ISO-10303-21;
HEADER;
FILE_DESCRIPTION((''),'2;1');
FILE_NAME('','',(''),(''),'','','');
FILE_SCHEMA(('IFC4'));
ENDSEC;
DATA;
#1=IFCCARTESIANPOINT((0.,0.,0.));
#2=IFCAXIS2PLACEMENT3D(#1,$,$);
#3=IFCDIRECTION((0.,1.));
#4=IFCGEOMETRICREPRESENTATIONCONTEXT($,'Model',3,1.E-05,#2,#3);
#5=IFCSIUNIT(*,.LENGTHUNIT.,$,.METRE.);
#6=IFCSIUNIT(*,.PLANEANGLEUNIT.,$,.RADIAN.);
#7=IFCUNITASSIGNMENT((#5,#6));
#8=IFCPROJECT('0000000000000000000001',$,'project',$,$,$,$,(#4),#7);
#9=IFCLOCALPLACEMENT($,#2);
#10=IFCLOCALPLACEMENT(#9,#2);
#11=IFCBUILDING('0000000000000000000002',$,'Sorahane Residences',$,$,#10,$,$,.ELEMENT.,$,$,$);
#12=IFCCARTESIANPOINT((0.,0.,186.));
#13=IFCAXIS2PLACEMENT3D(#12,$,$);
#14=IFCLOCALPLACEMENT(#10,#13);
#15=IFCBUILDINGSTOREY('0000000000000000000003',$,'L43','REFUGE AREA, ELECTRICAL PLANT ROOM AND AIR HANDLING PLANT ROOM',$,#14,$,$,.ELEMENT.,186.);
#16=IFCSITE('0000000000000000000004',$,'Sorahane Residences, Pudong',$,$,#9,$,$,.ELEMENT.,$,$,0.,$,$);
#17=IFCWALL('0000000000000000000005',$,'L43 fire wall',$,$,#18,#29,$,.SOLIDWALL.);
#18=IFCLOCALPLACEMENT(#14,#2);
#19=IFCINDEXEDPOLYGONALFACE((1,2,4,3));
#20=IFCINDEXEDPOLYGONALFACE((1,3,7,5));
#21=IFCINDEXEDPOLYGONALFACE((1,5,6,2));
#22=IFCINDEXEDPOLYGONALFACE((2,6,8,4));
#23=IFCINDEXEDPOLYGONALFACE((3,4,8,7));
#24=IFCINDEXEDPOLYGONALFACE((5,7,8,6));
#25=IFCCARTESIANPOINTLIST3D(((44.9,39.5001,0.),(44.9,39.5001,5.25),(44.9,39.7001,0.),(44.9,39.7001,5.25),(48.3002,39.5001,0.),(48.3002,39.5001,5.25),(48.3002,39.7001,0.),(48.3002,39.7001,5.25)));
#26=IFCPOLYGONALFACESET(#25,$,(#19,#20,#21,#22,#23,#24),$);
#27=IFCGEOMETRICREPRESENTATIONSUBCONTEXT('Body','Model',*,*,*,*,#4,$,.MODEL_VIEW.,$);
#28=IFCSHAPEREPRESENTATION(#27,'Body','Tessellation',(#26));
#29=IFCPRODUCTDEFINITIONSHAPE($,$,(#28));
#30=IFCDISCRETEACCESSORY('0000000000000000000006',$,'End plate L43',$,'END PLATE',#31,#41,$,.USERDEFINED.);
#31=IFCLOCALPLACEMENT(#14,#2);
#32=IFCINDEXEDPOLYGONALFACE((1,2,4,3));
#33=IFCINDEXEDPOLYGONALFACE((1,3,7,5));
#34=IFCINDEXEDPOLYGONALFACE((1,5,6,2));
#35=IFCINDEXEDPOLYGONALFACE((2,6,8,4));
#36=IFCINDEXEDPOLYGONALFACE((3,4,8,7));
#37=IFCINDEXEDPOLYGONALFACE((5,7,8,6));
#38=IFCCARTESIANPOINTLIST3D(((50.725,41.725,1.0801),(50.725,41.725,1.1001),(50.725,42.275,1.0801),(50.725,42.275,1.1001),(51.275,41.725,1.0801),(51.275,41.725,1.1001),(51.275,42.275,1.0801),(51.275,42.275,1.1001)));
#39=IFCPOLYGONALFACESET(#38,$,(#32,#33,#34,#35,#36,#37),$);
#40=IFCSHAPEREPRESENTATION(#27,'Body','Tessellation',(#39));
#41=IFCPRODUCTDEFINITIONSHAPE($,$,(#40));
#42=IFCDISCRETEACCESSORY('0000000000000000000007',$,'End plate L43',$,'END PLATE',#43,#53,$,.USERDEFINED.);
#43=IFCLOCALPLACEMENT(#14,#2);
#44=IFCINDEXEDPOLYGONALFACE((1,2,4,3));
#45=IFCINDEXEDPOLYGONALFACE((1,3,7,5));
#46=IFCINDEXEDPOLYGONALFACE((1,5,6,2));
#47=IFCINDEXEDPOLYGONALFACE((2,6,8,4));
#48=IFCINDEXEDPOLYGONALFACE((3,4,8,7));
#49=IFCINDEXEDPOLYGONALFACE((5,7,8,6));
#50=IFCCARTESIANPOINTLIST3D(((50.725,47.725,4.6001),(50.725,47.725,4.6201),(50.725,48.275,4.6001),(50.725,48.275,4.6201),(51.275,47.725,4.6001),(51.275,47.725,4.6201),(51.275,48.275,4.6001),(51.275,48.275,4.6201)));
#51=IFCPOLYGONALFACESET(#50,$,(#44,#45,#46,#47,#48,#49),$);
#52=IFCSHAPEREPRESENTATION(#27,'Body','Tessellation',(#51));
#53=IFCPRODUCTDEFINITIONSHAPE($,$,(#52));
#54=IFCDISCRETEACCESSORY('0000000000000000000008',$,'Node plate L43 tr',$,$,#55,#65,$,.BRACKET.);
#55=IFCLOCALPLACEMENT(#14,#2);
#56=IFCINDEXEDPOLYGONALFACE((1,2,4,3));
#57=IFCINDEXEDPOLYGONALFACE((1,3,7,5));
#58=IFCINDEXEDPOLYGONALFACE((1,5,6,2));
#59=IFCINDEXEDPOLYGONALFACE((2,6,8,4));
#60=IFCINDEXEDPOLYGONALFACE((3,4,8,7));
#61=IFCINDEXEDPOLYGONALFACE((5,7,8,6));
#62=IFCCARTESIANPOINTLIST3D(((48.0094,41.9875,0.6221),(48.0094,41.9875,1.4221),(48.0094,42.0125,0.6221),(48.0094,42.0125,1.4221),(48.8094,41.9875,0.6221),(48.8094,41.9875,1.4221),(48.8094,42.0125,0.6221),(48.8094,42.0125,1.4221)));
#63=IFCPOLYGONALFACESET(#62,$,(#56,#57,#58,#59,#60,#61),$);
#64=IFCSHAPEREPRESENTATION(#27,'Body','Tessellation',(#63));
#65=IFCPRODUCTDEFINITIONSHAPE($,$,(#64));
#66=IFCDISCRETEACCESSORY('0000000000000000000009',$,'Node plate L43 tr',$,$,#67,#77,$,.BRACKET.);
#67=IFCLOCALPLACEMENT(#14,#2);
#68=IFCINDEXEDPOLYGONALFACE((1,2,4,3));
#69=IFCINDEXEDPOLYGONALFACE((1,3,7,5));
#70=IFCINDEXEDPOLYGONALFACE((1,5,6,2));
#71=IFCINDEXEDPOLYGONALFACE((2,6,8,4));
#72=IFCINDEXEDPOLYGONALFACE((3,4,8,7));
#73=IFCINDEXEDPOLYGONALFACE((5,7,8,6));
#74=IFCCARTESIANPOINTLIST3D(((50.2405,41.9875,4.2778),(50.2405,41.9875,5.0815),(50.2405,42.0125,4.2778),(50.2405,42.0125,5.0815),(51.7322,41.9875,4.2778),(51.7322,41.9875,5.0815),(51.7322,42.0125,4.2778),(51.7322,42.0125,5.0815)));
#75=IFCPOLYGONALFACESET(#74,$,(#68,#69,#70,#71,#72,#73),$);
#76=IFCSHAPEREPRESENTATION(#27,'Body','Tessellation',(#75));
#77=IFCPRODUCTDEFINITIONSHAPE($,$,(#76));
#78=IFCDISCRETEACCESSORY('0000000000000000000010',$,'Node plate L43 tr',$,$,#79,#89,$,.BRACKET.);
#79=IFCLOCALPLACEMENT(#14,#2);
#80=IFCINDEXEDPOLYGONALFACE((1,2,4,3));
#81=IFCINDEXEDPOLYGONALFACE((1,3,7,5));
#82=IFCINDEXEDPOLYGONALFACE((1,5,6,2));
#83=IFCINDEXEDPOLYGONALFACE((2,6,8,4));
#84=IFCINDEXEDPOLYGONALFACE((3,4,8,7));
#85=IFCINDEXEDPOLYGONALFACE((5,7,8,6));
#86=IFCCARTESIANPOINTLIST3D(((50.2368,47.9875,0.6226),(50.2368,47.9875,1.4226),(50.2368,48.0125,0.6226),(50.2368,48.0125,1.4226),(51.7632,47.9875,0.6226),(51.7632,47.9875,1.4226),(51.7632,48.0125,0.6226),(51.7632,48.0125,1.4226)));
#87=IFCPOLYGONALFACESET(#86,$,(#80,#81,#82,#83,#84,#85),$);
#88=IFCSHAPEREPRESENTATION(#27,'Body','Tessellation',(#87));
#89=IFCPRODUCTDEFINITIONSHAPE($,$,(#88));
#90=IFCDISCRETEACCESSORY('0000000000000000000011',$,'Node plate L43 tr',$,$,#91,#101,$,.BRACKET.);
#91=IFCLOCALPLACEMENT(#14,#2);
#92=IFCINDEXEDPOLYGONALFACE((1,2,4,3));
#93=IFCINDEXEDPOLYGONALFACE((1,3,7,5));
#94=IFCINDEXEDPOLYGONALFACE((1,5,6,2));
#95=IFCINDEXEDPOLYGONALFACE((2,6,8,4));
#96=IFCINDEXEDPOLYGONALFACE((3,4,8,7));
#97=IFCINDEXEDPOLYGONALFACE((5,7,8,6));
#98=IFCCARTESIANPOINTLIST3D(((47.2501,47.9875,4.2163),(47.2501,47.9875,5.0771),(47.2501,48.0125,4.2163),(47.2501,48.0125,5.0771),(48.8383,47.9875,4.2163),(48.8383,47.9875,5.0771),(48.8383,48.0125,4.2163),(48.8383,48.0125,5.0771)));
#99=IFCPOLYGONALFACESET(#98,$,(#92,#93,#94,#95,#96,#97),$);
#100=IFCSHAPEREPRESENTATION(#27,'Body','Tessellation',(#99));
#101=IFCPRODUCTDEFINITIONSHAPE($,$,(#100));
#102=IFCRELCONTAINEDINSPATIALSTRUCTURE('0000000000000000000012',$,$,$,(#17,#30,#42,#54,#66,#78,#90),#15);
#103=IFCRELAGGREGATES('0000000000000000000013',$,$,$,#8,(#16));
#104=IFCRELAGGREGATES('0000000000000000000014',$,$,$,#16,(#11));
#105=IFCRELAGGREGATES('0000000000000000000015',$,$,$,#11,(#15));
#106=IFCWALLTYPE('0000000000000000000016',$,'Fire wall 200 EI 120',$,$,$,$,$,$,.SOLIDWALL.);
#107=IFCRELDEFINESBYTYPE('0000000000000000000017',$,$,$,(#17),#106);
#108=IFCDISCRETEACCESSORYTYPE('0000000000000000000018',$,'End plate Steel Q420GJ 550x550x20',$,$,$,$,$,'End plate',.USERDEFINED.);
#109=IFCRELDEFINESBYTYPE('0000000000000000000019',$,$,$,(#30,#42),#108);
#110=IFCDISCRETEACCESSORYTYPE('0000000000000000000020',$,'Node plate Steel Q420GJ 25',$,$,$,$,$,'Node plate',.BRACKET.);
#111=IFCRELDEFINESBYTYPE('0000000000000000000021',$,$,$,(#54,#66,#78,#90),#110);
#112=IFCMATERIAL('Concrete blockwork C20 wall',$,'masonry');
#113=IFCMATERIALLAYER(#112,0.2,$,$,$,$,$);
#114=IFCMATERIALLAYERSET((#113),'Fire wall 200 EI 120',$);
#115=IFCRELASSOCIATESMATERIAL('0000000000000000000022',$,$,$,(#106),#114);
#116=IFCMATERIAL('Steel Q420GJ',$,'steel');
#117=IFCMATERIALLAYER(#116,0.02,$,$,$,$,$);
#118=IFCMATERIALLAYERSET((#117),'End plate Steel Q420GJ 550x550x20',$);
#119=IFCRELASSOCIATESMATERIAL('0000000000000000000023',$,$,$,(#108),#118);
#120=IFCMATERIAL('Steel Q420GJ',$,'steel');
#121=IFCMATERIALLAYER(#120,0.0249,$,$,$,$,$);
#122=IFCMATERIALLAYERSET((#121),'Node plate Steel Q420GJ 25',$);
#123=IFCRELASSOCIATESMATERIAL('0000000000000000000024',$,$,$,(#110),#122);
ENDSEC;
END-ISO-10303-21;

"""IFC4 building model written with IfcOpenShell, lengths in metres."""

from ifc_helpers import new_model, si_unit, direction, frame, frame_2d, origin, origin_2d, place, context, subcontext, project, spatial, rectangle, extrude, material, layer, layer_set, type_object, element, save


model = new_model("IFC4")

# Units and contexts
model_context = context("Model", 3, precision=1e-05, world=origin(), true_north=direction((0.0, 1.0)))
body_context = subcontext(model_context, "Body", "Model", "MODEL_VIEW")
ifc_project = project(units=[si_unit("LENGTHUNIT", "METRE"), si_unit("PLANEANGLEUNIT", "RADIAN")], contexts=[model_context])

# Site, building, storey
site_placement = place(None, origin())
site = spatial("IfcSite", under=ifc_project, at=site_placement, Name="Sorahane Residences, Pudong", CompositionType="ELEMENT", RefElevation=0.0)
building_placement = place(site_placement, origin())
building = spatial("IfcBuilding", under=site, at=building_placement, Name="Sorahane Residences", CompositionType="ELEMENT")
storey_placement = place(building_placement, frame((0.0, 0.0, 186.0)))
storey = spatial("IfcBuildingStorey", under=building, at=storey_placement, Name="L43", Description="REFUGE AREA, ELECTRICAL PLANT ROOM AND AIR HANDLING PLANT ROOM", CompositionType="ELEMENT", Elevation=186.0)

# Wall
ifc_material_1 = material(Name="Concrete blockwork C20 wall", Category="masonry")
ifc_layer_1 = layer(ifc_material_1, 0.2)
ifc_layer_set_1 = layer_set([ifc_layer_1], Name="Fire wall 200 EI 120")
wall_type = type_object("IfcWallType", Name="Fire wall 200 EI 120", PredefinedType="SOLIDWALL", material=ifc_layer_set_1)
wall_placement = place(storey_placement, frame((44.8999, 39.6001, 0.0), z_axis=(0.0, 0.0, 1.0), x_axis=(1.0, 0.0, 0.0)))
element("IfcWall", 1, at=wall_placement, inside=storey, type_object=wall_type, Name="L43 fire wall", PredefinedType="SOLIDWALL", context=body_context, shape_type="SweptSolid", body=[
    extrude(rectangle(XDim=3.4001, YDim=0.2, at=frame_2d((1.7002, 0.0))), origin(), (0.0, 0.0, 1.0), 5.25),
])

# Discrete accessories
ifc_material_2 = material(Name="Steel Q420GJ", Category="steel")
ifc_layer_2 = layer(ifc_material_2, 0.02)
ifc_layer_set_2 = layer_set([ifc_layer_2], Name="End plate Steel Q420GJ 550x550x20")
discrete_accessory_type_1 = type_object("IfcDiscreteAccessoryType", Name="End plate Steel Q420GJ 550x550x20", ElementType="End plate", PredefinedType="USERDEFINED", material=ifc_layer_set_2)
for number, where, z_axis, x_axis, name in (
    (2, (51.0, 42.0, 1.0801), (0.0, 0.0, 1.0), (1.0, 0.0, 0.0), "End plate L43"),
    (3, (51.0, 48.0, 4.6001), (0.0, 0.0, 1.0), (1.0, 0.0, 0.0), "End plate L43"),
):
    element("IfcDiscreteAccessory", number, at=place(storey_placement, frame(where, z_axis=z_axis, x_axis=x_axis)), inside=storey, type_object=discrete_accessory_type_1, Name=name, ObjectType="END PLATE", PredefinedType="USERDEFINED", context=body_context, shape_type="SweptSolid", body=[
        extrude(rectangle(XDim=0.55, YDim=0.55, at=origin_2d()), origin(), (0.0, 0.0, 1.0), 0.02),
    ])
ifc_material_3 = material(Name="Steel Q420GJ", Category="steel")
ifc_layer_3 = layer(ifc_material_3, 0.0249)
ifc_layer_set_3 = layer_set([ifc_layer_3], Name="Node plate Steel Q420GJ 25")
discrete_accessory_type_2 = type_object("IfcDiscreteAccessoryType", Name="Node plate Steel Q420GJ 25", ElementType="Node plate", PredefinedType="BRACKET", material=ifc_layer_set_3)
discrete_accessory_1_placement = place(storey_placement, frame((48.4094, 42.0, 0.6221), z_axis=(0.0, 0.0, 1.0), x_axis=(1.0, 0.0, 0.0)))
element("IfcDiscreteAccessory", 4, at=discrete_accessory_1_placement, inside=storey, type_object=discrete_accessory_type_2, Name="Node plate L43 tr", PredefinedType="BRACKET", context=body_context, shape_type="SweptSolid", body=[
    extrude(rectangle(XDim=0.8, YDim=0.0249, at=origin_2d()), origin(), (0.0, 0.0, 1.0), 0.8),
])
discrete_accessory_2_placement = place(storey_placement, frame((50.9863, 42.0, 4.2778), z_axis=(0.0, 0.0, 1.0), x_axis=(1.0, 0.0, 0.0)))
element("IfcDiscreteAccessory", 5, at=discrete_accessory_2_placement, inside=storey, type_object=discrete_accessory_type_2, Name="Node plate L43 tr", PredefinedType="BRACKET", context=body_context, shape_type="SweptSolid", body=[
    extrude(rectangle(XDim=1.4917, YDim=0.0249, at=origin_2d()), origin(), (0.0, 0.0, 1.0), 0.8037),
])
discrete_accessory_3_placement = place(storey_placement, frame((51.0, 48.0, 0.6226), z_axis=(0.0, 0.0, 1.0), x_axis=(1.0, 0.0, 0.0)))
element("IfcDiscreteAccessory", 6, at=discrete_accessory_3_placement, inside=storey, type_object=discrete_accessory_type_2, Name="Node plate L43 tr", PredefinedType="BRACKET", context=body_context, shape_type="SweptSolid", body=[
    extrude(rectangle(XDim=1.5264, YDim=0.0249, at=origin_2d()), origin(), (0.0, 0.0, 1.0), 0.8),
])
discrete_accessory_4_placement = place(storey_placement, frame((48.0442, 48.0, 4.2163), z_axis=(0.0, 0.0, 1.0), x_axis=(1.0, 0.0, 0.0)))
element("IfcDiscreteAccessory", 7, at=discrete_accessory_4_placement, inside=storey, type_object=discrete_accessory_type_2, Name="Node plate L43 tr", PredefinedType="BRACKET", context=body_context, shape_type="SweptSolid", body=[
    extrude(rectangle(XDim=1.5881, YDim=0.0249, at=origin_2d()), origin(), (0.0, 0.0, 1.0), 0.8608),
])

save(model, "model.ifc")
